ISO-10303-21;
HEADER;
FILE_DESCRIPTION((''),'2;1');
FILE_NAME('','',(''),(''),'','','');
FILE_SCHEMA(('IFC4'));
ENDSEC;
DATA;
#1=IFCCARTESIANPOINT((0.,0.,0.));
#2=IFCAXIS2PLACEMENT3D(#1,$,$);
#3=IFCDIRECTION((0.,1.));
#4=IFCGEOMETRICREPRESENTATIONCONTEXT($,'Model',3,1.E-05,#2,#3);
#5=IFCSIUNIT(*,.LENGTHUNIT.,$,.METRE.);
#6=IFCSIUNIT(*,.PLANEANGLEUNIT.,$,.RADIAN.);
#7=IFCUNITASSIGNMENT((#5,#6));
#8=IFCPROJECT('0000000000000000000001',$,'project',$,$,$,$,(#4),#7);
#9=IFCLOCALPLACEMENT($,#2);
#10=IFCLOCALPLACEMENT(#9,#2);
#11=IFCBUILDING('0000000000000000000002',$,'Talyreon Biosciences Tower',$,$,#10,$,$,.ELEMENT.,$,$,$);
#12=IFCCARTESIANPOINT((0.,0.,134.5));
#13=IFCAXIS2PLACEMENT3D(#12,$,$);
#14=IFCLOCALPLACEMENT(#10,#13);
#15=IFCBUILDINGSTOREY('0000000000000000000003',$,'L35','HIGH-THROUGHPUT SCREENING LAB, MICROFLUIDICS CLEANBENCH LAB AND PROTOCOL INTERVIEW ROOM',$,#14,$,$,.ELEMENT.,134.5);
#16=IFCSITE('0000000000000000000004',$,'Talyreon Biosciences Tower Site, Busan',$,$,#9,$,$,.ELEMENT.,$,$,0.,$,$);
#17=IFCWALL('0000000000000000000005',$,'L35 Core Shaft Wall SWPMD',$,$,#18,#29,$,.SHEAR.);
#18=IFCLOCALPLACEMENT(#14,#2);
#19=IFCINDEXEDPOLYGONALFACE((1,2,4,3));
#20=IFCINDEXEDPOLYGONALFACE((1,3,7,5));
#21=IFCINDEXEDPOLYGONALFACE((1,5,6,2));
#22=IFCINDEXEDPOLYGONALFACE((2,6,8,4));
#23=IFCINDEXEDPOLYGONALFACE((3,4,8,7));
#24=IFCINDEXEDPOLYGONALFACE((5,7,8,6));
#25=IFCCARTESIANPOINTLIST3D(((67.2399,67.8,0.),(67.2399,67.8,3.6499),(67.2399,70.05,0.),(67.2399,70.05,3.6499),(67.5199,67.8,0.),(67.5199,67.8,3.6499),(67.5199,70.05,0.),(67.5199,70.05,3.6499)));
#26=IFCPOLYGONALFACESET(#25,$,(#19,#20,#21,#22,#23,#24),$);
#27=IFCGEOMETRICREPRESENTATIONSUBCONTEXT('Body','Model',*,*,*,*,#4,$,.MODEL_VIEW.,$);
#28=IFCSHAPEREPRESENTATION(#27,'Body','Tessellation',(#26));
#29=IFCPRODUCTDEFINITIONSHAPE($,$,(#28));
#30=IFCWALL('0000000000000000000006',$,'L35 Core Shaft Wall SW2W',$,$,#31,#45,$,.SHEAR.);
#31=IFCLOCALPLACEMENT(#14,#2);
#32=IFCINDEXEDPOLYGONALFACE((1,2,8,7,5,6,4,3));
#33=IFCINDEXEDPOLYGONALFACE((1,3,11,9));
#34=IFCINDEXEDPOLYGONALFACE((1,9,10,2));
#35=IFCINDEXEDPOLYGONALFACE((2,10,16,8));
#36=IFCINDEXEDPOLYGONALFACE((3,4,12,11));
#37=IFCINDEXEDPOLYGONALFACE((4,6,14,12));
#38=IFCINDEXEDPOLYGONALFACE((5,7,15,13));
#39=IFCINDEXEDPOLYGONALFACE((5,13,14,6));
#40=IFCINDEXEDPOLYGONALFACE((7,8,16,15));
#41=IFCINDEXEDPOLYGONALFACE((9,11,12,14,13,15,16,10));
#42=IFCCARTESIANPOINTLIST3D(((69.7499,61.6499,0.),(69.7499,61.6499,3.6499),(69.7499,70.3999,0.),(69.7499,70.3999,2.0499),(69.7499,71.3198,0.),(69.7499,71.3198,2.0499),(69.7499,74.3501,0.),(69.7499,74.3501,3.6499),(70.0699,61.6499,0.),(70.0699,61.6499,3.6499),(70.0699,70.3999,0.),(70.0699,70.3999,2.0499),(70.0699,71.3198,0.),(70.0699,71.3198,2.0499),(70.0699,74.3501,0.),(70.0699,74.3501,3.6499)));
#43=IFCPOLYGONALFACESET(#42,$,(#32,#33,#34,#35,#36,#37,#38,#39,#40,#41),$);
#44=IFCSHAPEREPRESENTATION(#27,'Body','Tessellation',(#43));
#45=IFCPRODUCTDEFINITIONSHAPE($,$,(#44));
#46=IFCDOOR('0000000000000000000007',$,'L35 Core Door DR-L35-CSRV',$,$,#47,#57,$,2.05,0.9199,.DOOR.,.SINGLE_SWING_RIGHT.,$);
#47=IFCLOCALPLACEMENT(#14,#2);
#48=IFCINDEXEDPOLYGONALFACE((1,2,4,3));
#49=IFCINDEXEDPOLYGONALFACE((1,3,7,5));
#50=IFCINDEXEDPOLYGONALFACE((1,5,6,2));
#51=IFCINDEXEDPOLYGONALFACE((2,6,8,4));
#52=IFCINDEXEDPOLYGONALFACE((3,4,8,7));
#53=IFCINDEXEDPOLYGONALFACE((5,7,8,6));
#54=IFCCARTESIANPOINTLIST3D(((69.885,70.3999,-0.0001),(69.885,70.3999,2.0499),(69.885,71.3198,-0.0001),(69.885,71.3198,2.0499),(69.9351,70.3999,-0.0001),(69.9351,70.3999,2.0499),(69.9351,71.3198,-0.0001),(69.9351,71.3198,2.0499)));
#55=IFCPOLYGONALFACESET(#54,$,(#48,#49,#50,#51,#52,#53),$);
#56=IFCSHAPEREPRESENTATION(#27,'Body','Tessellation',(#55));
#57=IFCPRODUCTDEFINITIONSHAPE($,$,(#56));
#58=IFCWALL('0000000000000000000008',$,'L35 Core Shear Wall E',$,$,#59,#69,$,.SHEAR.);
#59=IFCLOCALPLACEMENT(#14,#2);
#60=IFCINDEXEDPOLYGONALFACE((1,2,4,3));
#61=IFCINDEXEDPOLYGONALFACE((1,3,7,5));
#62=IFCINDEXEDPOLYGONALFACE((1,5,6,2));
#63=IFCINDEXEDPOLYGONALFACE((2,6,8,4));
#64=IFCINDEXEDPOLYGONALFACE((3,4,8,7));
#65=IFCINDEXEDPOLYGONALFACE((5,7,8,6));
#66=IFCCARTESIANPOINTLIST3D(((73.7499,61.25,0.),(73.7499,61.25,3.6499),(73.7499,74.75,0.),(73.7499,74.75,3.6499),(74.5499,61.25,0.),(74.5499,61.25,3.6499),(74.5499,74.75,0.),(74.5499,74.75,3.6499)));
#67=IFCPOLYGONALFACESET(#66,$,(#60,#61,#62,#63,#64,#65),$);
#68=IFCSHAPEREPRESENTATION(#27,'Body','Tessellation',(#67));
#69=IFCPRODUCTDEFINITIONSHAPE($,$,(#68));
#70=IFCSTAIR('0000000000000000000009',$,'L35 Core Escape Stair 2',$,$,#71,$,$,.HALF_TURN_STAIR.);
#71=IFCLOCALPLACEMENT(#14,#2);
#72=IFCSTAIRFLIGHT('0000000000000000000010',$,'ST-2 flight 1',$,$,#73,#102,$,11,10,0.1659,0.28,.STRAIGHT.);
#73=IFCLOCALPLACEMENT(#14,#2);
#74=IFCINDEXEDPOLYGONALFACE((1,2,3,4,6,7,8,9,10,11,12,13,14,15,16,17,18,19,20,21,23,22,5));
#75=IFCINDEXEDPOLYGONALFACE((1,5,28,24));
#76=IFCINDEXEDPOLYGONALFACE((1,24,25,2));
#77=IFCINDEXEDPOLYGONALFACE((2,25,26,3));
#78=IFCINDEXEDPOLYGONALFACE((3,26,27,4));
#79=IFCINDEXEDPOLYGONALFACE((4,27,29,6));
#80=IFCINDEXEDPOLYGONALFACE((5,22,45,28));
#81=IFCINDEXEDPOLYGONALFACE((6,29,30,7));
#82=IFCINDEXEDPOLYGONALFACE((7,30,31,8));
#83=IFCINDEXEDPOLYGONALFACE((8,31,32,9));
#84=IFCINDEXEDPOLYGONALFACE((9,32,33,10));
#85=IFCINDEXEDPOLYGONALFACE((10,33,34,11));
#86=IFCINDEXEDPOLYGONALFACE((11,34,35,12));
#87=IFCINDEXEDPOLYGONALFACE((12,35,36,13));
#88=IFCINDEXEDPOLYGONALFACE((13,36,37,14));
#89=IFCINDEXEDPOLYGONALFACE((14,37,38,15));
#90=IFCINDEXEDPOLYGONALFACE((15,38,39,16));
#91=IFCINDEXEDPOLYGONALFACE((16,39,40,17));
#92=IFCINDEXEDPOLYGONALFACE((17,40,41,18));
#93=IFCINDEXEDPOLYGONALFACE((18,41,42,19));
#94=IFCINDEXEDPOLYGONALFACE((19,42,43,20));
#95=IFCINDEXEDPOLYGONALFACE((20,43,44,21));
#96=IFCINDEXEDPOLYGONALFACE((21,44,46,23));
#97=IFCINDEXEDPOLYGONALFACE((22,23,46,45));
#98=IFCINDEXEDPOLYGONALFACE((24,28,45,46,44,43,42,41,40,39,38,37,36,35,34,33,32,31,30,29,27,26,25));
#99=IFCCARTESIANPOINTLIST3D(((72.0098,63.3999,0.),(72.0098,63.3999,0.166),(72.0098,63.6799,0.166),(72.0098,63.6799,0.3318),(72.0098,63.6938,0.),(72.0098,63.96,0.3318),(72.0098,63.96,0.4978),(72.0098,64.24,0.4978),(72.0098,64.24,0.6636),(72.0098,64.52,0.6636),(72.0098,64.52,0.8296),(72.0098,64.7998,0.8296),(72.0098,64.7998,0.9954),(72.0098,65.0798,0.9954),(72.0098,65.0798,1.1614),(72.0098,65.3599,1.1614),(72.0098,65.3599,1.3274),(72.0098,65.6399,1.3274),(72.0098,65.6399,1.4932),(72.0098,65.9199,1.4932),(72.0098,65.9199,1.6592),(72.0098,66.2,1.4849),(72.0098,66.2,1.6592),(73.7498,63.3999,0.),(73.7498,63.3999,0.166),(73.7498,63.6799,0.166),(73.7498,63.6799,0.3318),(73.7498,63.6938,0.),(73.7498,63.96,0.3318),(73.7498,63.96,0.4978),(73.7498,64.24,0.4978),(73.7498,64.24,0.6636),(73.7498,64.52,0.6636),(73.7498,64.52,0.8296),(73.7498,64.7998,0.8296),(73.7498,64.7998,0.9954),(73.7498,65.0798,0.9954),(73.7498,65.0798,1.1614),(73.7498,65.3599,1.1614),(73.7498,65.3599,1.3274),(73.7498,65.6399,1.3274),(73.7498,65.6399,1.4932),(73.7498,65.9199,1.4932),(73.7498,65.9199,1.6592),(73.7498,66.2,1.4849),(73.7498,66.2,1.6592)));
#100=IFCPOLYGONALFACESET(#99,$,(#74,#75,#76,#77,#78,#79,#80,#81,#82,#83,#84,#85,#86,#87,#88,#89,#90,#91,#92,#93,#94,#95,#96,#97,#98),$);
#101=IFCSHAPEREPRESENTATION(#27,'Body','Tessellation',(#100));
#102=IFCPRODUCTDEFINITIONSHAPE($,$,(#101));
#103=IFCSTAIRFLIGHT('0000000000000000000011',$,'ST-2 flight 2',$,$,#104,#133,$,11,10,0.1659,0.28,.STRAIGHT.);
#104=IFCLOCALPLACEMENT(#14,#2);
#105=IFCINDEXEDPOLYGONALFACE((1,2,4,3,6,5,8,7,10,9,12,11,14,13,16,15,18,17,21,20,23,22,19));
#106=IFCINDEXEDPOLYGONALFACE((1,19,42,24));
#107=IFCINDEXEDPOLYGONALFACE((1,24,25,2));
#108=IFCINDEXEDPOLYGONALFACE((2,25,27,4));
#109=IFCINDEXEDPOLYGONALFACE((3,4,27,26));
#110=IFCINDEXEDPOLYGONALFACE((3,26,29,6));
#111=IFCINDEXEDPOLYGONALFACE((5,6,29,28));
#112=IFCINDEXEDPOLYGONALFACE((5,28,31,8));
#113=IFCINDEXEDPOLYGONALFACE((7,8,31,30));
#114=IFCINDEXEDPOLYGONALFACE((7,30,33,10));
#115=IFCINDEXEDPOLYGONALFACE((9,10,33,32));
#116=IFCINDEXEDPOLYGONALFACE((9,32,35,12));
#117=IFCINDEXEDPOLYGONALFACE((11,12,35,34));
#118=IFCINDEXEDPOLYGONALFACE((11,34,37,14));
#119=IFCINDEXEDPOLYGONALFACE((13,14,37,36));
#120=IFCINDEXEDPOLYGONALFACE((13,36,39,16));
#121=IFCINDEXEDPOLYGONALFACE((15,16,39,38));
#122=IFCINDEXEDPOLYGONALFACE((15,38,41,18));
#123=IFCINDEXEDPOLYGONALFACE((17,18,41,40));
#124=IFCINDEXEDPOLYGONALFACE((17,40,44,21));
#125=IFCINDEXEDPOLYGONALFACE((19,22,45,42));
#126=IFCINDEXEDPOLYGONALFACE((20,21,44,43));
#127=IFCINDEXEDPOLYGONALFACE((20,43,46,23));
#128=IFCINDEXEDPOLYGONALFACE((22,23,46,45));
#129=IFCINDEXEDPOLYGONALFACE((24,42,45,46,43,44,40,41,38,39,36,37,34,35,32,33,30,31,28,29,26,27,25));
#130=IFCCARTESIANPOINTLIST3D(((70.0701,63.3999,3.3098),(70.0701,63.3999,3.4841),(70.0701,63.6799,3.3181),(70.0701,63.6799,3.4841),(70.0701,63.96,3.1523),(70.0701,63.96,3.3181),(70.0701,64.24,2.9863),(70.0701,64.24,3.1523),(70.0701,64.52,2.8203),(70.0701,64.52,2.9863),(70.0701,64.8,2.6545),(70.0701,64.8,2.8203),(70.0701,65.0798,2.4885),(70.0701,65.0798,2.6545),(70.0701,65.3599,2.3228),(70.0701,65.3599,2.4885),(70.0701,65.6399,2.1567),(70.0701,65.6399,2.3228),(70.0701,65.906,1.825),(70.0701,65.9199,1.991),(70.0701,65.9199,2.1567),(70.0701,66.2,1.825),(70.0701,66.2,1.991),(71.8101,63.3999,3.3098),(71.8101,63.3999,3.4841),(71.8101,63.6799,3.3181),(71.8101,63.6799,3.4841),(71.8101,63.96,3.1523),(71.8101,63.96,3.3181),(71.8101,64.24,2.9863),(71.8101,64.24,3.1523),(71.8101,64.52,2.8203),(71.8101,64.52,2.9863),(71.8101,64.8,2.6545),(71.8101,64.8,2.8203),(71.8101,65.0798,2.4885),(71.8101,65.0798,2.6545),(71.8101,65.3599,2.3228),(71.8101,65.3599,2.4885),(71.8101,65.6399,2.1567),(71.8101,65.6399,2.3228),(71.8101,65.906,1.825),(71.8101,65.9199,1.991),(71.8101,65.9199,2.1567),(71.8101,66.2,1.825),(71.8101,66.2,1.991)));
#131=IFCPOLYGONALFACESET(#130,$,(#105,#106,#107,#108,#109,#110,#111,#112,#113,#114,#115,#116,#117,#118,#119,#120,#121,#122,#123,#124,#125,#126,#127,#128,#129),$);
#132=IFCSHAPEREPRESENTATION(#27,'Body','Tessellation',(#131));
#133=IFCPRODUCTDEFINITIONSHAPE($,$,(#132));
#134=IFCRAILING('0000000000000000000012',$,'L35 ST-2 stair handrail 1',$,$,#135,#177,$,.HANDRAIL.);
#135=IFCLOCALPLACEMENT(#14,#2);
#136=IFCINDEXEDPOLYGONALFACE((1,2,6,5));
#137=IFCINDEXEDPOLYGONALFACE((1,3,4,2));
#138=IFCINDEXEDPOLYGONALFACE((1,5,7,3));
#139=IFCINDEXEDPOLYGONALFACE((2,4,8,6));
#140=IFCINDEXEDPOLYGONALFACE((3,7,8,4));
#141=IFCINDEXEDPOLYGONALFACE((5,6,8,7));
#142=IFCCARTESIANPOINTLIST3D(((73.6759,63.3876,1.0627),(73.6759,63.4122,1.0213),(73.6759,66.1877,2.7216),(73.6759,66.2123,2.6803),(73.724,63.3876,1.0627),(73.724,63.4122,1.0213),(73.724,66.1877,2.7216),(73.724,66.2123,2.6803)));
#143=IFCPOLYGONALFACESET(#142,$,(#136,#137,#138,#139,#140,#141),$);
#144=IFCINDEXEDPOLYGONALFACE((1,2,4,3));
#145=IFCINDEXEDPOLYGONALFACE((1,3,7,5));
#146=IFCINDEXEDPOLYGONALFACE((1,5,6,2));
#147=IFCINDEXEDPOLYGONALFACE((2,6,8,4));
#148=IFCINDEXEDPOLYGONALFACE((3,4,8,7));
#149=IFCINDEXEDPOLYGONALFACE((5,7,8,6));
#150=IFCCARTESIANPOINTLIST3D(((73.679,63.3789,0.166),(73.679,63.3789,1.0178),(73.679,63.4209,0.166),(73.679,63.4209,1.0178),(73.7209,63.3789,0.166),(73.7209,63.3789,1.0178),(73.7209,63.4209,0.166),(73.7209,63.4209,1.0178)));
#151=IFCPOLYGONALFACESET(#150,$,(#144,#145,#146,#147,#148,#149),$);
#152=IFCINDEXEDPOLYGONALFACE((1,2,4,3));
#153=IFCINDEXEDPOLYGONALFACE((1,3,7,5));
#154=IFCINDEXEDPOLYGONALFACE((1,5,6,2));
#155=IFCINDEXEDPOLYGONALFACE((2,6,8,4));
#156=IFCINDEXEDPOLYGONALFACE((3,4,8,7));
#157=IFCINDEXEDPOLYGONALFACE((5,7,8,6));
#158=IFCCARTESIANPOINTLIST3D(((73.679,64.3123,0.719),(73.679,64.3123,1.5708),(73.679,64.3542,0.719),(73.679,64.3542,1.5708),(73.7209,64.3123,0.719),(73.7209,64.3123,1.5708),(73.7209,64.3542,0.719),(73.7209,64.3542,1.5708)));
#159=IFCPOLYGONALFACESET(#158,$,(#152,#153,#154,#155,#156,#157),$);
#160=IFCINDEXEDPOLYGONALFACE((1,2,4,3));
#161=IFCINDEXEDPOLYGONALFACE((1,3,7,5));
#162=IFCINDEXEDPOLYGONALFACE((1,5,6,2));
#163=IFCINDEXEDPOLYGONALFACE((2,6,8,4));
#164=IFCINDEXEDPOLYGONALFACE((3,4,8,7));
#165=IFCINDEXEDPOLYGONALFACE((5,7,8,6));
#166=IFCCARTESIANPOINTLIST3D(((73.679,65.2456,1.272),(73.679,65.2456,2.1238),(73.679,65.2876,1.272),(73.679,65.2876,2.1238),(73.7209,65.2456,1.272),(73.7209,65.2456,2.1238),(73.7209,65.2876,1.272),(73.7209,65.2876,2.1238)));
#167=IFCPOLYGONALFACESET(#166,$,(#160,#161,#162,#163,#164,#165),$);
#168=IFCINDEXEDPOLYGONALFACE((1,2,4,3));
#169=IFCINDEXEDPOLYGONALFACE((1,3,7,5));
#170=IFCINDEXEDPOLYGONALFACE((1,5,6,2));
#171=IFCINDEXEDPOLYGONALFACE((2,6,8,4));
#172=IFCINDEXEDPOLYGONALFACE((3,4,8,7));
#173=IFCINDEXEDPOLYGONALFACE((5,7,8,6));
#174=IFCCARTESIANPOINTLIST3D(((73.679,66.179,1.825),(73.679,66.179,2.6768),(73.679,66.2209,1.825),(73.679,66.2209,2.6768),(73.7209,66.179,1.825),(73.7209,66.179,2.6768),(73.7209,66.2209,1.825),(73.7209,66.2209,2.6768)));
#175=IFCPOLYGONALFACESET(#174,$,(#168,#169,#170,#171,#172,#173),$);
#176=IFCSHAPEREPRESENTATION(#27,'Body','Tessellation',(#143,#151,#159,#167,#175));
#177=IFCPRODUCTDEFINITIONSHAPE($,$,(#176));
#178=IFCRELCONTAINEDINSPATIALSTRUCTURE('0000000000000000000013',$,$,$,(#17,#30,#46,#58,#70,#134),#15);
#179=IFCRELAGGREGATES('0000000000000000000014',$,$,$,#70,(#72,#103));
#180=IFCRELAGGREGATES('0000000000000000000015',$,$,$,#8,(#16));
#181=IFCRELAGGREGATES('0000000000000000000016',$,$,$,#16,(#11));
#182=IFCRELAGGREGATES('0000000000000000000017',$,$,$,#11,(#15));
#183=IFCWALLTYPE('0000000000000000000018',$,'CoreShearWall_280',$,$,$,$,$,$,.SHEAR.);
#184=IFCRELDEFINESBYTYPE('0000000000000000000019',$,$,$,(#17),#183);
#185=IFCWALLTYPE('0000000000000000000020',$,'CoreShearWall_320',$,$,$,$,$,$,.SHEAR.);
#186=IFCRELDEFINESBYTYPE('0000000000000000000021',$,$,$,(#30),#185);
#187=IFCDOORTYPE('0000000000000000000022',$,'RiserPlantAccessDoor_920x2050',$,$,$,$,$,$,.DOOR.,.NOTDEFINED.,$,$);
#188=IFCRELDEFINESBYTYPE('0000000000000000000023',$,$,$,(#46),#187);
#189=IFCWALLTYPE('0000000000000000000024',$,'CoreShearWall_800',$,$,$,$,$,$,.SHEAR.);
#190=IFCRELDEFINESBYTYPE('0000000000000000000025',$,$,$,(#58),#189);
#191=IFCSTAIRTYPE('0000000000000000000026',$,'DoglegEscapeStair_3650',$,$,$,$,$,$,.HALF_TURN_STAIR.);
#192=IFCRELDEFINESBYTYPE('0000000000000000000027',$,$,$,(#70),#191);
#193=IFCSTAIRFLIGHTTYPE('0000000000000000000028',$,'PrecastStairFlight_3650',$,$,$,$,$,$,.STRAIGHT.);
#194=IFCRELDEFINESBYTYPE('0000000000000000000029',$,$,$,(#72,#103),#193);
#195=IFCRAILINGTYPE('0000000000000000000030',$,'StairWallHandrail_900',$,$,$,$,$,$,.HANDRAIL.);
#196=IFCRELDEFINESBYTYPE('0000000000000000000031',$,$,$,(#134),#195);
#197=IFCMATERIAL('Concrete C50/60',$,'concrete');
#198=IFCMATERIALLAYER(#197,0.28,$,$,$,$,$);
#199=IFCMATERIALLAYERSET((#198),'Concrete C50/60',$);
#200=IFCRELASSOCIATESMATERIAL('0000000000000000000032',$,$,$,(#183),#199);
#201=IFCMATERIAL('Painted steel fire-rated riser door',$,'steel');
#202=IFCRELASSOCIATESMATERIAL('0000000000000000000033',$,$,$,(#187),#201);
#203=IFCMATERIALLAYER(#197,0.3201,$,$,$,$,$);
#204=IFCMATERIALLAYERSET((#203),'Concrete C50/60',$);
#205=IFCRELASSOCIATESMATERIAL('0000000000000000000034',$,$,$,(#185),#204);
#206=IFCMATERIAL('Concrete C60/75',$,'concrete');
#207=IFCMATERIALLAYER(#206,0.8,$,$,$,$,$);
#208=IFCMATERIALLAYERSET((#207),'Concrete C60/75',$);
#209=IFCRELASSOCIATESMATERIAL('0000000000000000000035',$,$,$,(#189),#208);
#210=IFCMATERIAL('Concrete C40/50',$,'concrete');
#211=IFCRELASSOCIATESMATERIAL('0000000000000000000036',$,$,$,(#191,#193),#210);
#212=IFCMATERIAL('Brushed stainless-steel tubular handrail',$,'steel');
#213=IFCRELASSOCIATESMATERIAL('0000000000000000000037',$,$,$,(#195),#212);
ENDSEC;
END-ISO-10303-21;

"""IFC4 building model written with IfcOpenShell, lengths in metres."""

from ifc_helpers import new_model, si_unit, direction, frame, frame_2d, origin, origin_2d, place, context, subcontext, project, spatial, polyline, rectangle, outline, extrude, material, layer, layer_set, type_object, element, fill, aggregate, save


model = new_model("IFC4")

# Units and contexts
model_context = context("Model", 3, precision=1e-05, world=origin(), true_north=direction((0.0, 1.0)))
body_context = subcontext(model_context, "Body", "Model", "MODEL_VIEW")
ifc_project = project(units=[si_unit("LENGTHUNIT", "METRE"), si_unit("PLANEANGLEUNIT", "RADIAN")], contexts=[model_context])

# Site, building, storey
site_placement = place(None, origin())
site = spatial("IfcSite", under=ifc_project, at=site_placement, Name="Talyreon Biosciences Tower Site, Busan", CompositionType="ELEMENT", RefElevation=0.0)
building_placement = place(site_placement, origin())
building = spatial("IfcBuilding", under=site, at=building_placement, Name="Talyreon Biosciences Tower", CompositionType="ELEMENT")
storey_placement = place(building_placement, frame((0.0, 0.0, 134.5)))
storey = spatial("IfcBuildingStorey", under=building, at=storey_placement, Name="L35", Description="HIGH-THROUGHPUT SCREENING LAB, MICROFLUIDICS CLEANBENCH LAB AND PROTOCOL INTERVIEW ROOM", CompositionType="ELEMENT", Elevation=134.5)

# Shared definitions
ifc_material_1 = material(Name="Concrete C60/75", Category="concrete")
ifc_material_2 = material(Name="Concrete C50/60", Category="concrete")

# Shared definitions
ifc_layer_1 = layer(ifc_material_2, 0.28)
ifc_layer_set_1 = layer_set([ifc_layer_1], Name="Concrete C50/60")
wall_type_1 = type_object("IfcWallType", Name="CoreShearWall_280", PredefinedType="SHEAR", material=ifc_layer_set_1)

# Shared definitions
ifc_material_3 = material(Name="Painted steel fire-rated riser door", Category="steel")
door_type = type_object("IfcDoorType", Name="RiserPlantAccessDoor_920x2050", OperationType="NOTDEFINED", PredefinedType="DOOR", material=ifc_material_3)

# Wall
wall_1_placement = place(storey_placement, frame((67.3799, 67.8, 0.0), z_axis=(0.0, 0.0, 1.0), x_axis=(0.0, 1.0, 0.0)))
element("IfcWall", 1, at=wall_1_placement, inside=storey, type_object=wall_type_1, Name="L35 Core Shaft Wall SWPMD", PredefinedType="SHEAR", context=body_context, shape_type="SweptSolid", body=[
    extrude(rectangle(XDim=2.25, YDim=0.28, at=frame_2d((1.125, 0.0))), origin(), (0.0, 0.0, 1.0), 3.6499),
])

# Wall, opening, door
ifc_layer_2 = layer(ifc_material_2, 0.3201)
ifc_layer_set_2 = layer_set([ifc_layer_2], Name="Concrete C50/60")
wall_type_2 = type_object("IfcWallType", Name="CoreShearWall_320", PredefinedType="SHEAR", material=ifc_layer_set_2)
wall_2_placement = place(storey_placement, frame((69.9099, 61.6499, 0.0), z_axis=(0.0, 0.0, 1.0), x_axis=(0.0, 1.0, 0.0)))
wall_2 = element("IfcWall", 2, at=wall_2_placement, inside=storey, type_object=wall_type_2, Name="L35 Core Shaft Wall SW2W", PredefinedType="SHEAR", context=body_context, shape_type="SweptSolid", body=[
    extrude(rectangle(XDim=12.7002, YDim=0.3201, at=frame_2d((6.3501, 0.0))), origin(), (0.0, 0.0, 1.0), 3.6499),
])
opening_1_placement = place(wall_2_placement, frame((8.75, 0.0, 0.0)))
opening_1 = element("IfcOpeningElement", 3, at=opening_1_placement, cuts=wall_2, PredefinedType="OPENING", context=body_context, shape_type="SweptSolid", body=[
    extrude(rectangle(XDim=0.9199, YDim=2.05, at=frame_2d((0.46, 1.0249))), frame((0.0, 0.1699, 0.0), z_axis=(0.0, -1.0, 0.0), x_axis=(1.0, 0.0, 0.0)), (0.0, 0.0, 1.0), 0.3401),
])
door_1_placement = place(opening_1_placement, origin())
door_1 = element("IfcDoor", 4, at=door_1_placement, inside=storey, type_object=door_type, Name="L35 Core Door DR-L35-CSRV", OperationType="SINGLE_SWING_RIGHT", OverallHeight=2.05, OverallWidth=0.9199, PredefinedType="DOOR", context=body_context, shape_type="SweptSolid", body=[
    extrude(rectangle(XDim=0.9199, YDim=2.05, at=frame_2d((0.46, 1.0249))), frame((0.0, 0.0249, 0.0), z_axis=(0.0, -1.0, 0.0), x_axis=(1.0, 0.0, 0.0)), (0.0, 0.0, 1.0), 0.05),
])
fill(opening_1, door_1)

# Wall
ifc_layer_3 = layer(ifc_material_1, 0.8)
ifc_layer_set_3 = layer_set([ifc_layer_3], Name="Concrete C60/75")
wall_type_3 = type_object("IfcWallType", Name="CoreShearWall_800", PredefinedType="SHEAR", material=ifc_layer_set_3)
wall_3_placement = place(storey_placement, frame((74.1499, 61.25, 0.0), z_axis=(0.0, 0.0, 1.0), x_axis=(0.0, 1.0, 0.0)))
element("IfcWall", 5, at=wall_3_placement, inside=storey, type_object=wall_type_3, Name="L35 Core Shear Wall E", PredefinedType="SHEAR", context=body_context, shape_type="SweptSolid", body=[
    extrude(rectangle(XDim=13.5, YDim=0.8, at=frame_2d((6.75, 0.0))), origin(), (0.0, 0.0, 1.0), 3.6499),
])

# Stair, stair flights
ifc_material_4 = material(Name="Concrete C40/50", Category="concrete")
stair_type = type_object("IfcStairType", Name="DoglegEscapeStair_3650", PredefinedType="HALF_TURN_STAIR", material=ifc_material_4)
stair_placement = place(storey_placement, origin())
stair = element("IfcStair", 6, at=stair_placement, inside=storey, type_object=stair_type, Name="L35 Core Escape Stair 2", PredefinedType="HALF_TURN_STAIR")
stair_flight_type = type_object("IfcStairFlightType", Name="PrecastStairFlight_3650", PredefinedType="STRAIGHT", material=ifc_material_4)
stair_flight_1_placement = place(storey_placement, frame((72.8799, 63.3999, 0.0), z_axis=(0.0, 0.0, 1.0), x_axis=(0.0, 1.0, 0.0)))
stair_flight_1 = element("IfcStairFlight", 7, at=stair_flight_1_placement, type_object=stair_flight_type, Name="ST-2 flight 1", NumberOfRisers=11, NumberOfTreads=10, PredefinedType="STRAIGHT", RiserHeight=0.1659, TreadLength=0.28, context=body_context, shape_type="SweptSolid", body=[
    extrude(outline(polyline([(0.0, 0.0), (0.0, 0.166), (0.28, 0.166), (0.28, 0.3318), (0.5601, 0.3318), (0.5601, 0.4978), (0.8401, 0.4978), (0.8401, 0.6636), (1.1201, 0.6636), (1.1201, 0.8296), (1.3999, 0.8296), (1.3999, 0.9954), (1.6799, 0.9954), (1.6799, 1.1614), (1.96, 1.1614), (1.96, 1.3274), (2.24, 1.3274), (2.24, 1.4932), (2.52, 1.4932), (2.52, 1.6592), (2.8, 1.6592), (2.8, 1.825), (2.8, 1.4849), (0.2939, 0.0), (0.0, 0.0)])), frame((0.0, 0.8701, 0.0), z_axis=(0.0, -1.0, 0.0), x_axis=(1.0, 0.0, 0.0)), (0.0, 0.0, 1.0), 1.74),
])
stair_flight_2_placement = place(storey_placement, frame((70.9399, 66.2, 1.825), z_axis=(0.0, 0.0, 1.0), x_axis=(0.0, -1.0, 0.0)))
stair_flight_2 = element("IfcStairFlight", 8, at=stair_flight_2_placement, type_object=stair_flight_type, Name="ST-2 flight 2", NumberOfRisers=11, NumberOfTreads=10, PredefinedType="STRAIGHT", RiserHeight=0.1659, TreadLength=0.28, context=body_context, shape_type="SweptSolid", body=[
    extrude(outline(polyline([(0.0, 0.0), (0.0, 0.166), (0.28, 0.166), (0.28, 0.3318), (0.5601, 0.3318), (0.5601, 0.4978), (0.8401, 0.4978), (0.8401, 0.6636), (1.1201, 0.6636), (1.1201, 0.8296), (1.3999, 0.8296), (1.3999, 0.9954), (1.6799, 0.9954), (1.6799, 1.1614), (1.96, 1.1614), (1.96, 1.3274), (2.24, 1.3274), (2.24, 1.4932), (2.52, 1.4932), (2.52, 1.6592), (2.8, 1.6592), (2.8, 1.825), (2.8, 1.4849), (0.2939, 0.0), (0.0, 0.0)])), frame((0.0, 0.8701, 0.0), z_axis=(0.0, -1.0, 0.0), x_axis=(1.0, 0.0, 0.0)), (0.0, 0.0, 1.0), 1.74),
])
aggregate(stair, [stair_flight_1, stair_flight_2])

# Railing
ifc_material_5 = material(Name="Brushed stainless-steel tubular handrail", Category="steel")
railing_type_1 = type_object("IfcRailingType", Name="StairWallHandrail_900", PredefinedType="HANDRAIL", material=ifc_material_5)
railing_1_placement = place(storey_placement, frame((73.7, 63.3999, 0.166)))
element("IfcRailing", 9, at=railing_1_placement, inside=storey, type_object=railing_type_1, Name="L35 ST-2 stair handrail 1", PredefinedType="HANDRAIL", context=body_context, shape_type="SweptSolid", body=[
    extrude(rectangle(XDim=0.0481, YDim=0.0481, at=origin_2d()), frame((0.0, 0.0, 0.876), z_axis=(0.0, 0.860339, 0.509722), x_axis=(-1.0, 0.0, 0.0)), (0.0, 0.0, 1.0), 3.2546),
    extrude(rectangle(XDim=0.042, YDim=0.042, at=origin_2d()), origin(), (0.0, 0.0, 1.0), 0.8518),
    extrude(rectangle(XDim=0.042, YDim=0.042, at=origin_2d()), frame((0.0, 0.9333, 0.553)), (0.0, 0.0, 1.0), 0.8518),
    extrude(rectangle(XDim=0.042, YDim=0.042, at=origin_2d()), frame((0.0, 1.8667, 1.106)), (0.0, 0.0, 1.0), 0.8518),
    extrude(rectangle(XDim=0.042, YDim=0.042, at=origin_2d()), frame((0.0, 2.8, 1.6589)), (0.0, 0.0, 1.0), 0.8518),
])

save(model, "model.ifc")
